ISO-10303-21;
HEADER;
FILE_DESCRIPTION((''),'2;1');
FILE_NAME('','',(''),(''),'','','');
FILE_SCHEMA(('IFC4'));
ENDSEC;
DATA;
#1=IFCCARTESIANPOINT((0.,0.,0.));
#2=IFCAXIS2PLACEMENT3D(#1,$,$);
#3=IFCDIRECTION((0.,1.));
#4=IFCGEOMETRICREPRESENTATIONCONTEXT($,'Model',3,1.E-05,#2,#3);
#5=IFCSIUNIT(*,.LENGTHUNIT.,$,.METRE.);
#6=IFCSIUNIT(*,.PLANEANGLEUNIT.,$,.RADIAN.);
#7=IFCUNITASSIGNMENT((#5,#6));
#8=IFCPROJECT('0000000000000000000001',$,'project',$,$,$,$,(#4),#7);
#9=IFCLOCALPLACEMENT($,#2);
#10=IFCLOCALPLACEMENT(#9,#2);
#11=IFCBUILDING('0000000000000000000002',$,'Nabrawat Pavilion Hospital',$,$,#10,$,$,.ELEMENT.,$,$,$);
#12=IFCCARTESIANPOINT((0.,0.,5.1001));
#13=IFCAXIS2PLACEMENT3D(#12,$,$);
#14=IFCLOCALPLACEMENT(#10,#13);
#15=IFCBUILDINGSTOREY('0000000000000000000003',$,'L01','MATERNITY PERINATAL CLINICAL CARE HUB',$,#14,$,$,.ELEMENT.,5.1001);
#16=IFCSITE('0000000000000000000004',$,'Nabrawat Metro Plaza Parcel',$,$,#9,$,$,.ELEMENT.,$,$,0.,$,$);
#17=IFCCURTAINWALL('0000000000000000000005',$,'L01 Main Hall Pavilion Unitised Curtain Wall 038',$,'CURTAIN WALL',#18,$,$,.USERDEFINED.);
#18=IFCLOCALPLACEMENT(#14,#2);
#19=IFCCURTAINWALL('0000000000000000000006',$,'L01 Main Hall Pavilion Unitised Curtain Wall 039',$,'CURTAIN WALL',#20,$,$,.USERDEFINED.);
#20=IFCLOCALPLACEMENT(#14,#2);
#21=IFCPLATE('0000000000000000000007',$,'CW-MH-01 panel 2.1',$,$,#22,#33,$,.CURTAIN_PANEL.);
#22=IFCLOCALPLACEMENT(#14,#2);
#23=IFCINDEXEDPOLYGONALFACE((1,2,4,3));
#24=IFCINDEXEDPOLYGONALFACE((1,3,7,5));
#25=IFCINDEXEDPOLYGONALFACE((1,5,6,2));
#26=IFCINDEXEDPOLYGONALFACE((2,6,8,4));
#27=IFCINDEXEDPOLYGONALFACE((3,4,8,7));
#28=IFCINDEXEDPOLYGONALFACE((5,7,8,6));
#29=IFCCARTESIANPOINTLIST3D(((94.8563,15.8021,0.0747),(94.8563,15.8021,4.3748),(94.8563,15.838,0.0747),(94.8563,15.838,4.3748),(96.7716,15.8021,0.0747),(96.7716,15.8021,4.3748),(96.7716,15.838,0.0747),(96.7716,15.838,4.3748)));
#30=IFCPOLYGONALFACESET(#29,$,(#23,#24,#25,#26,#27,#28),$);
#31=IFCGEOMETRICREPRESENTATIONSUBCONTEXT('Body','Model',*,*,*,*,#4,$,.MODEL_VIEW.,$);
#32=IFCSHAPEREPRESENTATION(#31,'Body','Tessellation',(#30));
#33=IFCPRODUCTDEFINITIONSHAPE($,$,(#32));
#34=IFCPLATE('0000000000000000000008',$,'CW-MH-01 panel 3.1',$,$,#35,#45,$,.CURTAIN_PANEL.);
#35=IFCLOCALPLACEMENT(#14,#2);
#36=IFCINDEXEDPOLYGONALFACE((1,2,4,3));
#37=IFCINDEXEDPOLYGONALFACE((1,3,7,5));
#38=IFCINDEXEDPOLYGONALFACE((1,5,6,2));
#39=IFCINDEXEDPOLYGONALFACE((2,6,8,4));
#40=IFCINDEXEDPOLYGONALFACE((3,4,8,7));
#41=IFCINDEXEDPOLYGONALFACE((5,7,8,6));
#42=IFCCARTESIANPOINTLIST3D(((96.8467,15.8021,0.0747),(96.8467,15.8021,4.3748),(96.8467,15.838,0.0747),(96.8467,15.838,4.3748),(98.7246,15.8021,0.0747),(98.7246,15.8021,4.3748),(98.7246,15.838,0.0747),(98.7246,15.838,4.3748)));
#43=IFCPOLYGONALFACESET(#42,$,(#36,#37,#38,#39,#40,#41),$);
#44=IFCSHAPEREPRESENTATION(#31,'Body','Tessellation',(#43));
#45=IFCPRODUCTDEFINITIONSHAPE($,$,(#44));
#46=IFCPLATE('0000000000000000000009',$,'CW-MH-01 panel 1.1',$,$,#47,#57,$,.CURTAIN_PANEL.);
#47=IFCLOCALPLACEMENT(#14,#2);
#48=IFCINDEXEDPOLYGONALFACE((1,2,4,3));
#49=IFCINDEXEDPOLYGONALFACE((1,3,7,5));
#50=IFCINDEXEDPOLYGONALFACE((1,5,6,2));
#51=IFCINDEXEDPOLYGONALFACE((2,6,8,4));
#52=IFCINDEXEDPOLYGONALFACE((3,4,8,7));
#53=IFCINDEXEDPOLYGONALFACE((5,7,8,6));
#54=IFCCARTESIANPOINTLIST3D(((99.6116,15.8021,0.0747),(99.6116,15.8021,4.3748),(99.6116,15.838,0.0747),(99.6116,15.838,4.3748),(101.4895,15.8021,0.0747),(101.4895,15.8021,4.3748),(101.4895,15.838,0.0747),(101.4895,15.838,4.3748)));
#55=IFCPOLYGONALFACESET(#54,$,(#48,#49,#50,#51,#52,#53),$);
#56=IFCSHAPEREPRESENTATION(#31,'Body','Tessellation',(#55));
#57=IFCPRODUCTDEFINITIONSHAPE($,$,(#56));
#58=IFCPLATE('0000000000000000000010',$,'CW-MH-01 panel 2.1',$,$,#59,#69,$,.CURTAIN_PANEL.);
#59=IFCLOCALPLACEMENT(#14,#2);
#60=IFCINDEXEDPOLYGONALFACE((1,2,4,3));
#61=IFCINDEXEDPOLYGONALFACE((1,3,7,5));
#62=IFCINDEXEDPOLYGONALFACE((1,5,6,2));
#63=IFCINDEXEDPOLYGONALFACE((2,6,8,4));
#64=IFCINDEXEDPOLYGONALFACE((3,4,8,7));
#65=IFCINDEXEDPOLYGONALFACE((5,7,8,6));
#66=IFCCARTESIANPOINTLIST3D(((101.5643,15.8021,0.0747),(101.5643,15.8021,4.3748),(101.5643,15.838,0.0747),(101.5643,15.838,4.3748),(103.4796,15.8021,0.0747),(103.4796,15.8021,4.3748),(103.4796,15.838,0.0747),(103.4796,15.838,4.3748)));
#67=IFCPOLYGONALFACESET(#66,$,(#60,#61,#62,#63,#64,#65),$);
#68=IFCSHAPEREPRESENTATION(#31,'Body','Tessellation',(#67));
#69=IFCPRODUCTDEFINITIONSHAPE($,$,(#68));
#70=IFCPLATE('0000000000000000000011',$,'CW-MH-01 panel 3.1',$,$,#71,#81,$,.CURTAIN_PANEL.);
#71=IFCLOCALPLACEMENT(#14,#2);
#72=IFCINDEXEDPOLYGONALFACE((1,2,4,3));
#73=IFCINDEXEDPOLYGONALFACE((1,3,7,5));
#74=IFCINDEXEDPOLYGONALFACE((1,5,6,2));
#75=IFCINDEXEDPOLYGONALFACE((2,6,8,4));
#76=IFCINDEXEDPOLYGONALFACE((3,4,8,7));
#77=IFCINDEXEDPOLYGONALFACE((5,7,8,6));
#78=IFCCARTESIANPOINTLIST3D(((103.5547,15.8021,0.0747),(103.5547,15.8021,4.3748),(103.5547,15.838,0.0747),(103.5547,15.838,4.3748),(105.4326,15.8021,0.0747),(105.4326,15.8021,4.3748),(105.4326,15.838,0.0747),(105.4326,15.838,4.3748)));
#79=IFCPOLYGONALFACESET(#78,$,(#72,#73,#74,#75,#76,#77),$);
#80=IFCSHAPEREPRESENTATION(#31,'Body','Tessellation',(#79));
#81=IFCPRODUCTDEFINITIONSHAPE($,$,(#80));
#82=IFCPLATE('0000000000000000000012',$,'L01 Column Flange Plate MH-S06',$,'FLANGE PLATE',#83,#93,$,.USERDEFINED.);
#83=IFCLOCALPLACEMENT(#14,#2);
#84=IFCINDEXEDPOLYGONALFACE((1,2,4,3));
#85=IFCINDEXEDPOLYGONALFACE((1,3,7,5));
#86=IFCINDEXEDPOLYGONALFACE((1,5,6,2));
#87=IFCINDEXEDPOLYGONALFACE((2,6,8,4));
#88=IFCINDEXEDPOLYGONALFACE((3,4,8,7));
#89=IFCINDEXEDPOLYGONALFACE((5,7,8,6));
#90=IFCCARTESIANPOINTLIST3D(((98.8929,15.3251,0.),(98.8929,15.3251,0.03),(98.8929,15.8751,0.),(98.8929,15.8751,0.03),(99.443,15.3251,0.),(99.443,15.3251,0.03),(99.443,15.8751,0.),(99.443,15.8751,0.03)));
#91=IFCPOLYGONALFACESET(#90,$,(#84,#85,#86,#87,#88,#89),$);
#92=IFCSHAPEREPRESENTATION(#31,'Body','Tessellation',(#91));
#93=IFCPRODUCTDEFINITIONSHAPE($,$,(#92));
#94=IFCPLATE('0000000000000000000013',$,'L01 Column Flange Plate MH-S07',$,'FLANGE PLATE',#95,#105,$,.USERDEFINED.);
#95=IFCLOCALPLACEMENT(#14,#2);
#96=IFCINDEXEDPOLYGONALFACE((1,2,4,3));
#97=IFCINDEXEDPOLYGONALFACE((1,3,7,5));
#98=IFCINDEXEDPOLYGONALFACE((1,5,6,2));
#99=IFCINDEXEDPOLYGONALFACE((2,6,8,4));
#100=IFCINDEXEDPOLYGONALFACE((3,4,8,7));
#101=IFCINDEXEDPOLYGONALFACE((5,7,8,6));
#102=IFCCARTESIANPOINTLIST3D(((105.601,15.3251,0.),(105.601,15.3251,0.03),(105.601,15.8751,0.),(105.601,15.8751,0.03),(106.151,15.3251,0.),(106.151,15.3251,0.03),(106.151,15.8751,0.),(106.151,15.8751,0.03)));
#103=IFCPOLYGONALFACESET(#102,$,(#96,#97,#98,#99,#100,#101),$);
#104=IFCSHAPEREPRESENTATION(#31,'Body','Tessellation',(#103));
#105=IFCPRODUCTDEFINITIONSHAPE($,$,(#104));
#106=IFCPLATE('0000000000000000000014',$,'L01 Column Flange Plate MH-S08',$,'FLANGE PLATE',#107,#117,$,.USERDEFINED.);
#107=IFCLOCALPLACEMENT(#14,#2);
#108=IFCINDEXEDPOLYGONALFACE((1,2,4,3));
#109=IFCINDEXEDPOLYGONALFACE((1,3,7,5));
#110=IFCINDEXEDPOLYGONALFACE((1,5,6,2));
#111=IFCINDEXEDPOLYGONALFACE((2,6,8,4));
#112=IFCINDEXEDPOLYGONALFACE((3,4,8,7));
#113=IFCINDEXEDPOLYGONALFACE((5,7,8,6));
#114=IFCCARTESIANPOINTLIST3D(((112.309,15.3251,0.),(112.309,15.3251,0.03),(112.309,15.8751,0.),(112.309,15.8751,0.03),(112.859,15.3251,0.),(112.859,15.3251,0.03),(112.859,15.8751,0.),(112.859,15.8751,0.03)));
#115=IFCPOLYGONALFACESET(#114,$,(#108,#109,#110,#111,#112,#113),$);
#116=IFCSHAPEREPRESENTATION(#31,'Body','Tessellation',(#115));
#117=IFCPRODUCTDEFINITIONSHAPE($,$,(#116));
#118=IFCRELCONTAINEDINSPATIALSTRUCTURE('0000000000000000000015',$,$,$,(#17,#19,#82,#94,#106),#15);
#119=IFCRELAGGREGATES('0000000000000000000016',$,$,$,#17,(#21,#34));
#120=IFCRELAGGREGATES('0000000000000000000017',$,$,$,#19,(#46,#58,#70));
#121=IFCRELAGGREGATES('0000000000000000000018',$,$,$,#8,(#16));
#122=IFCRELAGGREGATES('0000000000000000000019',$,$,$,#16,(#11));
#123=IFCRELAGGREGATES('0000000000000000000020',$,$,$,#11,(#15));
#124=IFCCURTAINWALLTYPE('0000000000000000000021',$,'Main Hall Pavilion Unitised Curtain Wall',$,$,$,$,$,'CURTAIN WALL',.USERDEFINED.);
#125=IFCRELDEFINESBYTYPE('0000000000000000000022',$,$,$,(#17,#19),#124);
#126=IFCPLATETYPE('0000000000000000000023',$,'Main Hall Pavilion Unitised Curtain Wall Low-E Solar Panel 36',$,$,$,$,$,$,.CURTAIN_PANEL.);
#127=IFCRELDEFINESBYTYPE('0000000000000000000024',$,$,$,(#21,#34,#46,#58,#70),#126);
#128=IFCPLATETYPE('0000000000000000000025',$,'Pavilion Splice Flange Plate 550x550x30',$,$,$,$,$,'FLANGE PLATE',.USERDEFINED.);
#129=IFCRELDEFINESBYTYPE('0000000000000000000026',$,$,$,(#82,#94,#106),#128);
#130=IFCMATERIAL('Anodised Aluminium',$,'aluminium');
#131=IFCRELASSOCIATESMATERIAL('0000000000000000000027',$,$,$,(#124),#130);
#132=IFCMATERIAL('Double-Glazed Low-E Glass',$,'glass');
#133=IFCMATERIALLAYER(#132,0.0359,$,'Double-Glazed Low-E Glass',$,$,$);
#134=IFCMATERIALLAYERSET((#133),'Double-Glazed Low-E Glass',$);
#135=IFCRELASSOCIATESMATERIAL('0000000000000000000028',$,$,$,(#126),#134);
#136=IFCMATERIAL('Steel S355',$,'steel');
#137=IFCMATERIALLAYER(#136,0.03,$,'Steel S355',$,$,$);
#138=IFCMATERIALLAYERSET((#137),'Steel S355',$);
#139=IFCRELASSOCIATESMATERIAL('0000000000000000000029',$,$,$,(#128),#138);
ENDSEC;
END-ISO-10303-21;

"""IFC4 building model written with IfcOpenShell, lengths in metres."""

from ifc_helpers import new_model, si_unit, direction, frame, origin, origin_2d, place, context, subcontext, project, spatial, rectangle, extrude, material, layer, layer_set, type_object, element, aggregate, save


model = new_model("IFC4")

# Units and contexts
model_context = context("Model", 3, precision=1e-05, world=origin(), true_north=direction((0.0, 1.0)))
body_context = subcontext(model_context, "Body", "Model", "MODEL_VIEW")
ifc_project = project(units=[si_unit("LENGTHUNIT", "METRE"), si_unit("PLANEANGLEUNIT", "RADIAN")], contexts=[model_context])

# Site, building, storey
site_placement = place(None, origin())
site = spatial("IfcSite", under=ifc_project, at=site_placement, Name="Nabrawat Metro Plaza Parcel", CompositionType="ELEMENT", RefElevation=0.0)
building_placement = place(site_placement, origin())
building = spatial("IfcBuilding", under=site, at=building_placement, Name="Nabrawat Pavilion Hospital", CompositionType="ELEMENT")
storey_placement = place(building_placement, frame((0.0, 0.0, 5.1001)))
storey = spatial("IfcBuildingStorey", under=building, at=storey_placement, Name="L01", Description="MATERNITY PERINATAL CLINICAL CARE HUB", CompositionType="ELEMENT", Elevation=5.1001)

# Shared definitions
ifc_material_1 = material(Name="Steel S355", Category="steel")

# Curtain walls
ifc_material_2 = material(Name="Anodised Aluminium", Category="aluminium")
curtain_wall_type = type_object("IfcCurtainWallType", Name="Main Hall Pavilion Unitised Curtain Wall", ElementType="CURTAIN WALL", PredefinedType="USERDEFINED", material=ifc_material_2)
curtain_wall_1_placement = place(storey_placement, origin())
curtain_wall_1 = element("IfcCurtainWall", 1, at=curtain_wall_1_placement, inside=storey, type_object=curtain_wall_type, Name="L01 Main Hall Pavilion Unitised Curtain Wall 038", ObjectType="CURTAIN WALL", PredefinedType="USERDEFINED")
curtain_wall_2_placement = place(storey_placement, origin())
curtain_wall_2 = element("IfcCurtainWall", 2, at=curtain_wall_2_placement, inside=storey, type_object=curtain_wall_type, Name="L01 Main Hall Pavilion Unitised Curtain Wall 039", ObjectType="CURTAIN WALL", PredefinedType="USERDEFINED")

# Plates
ifc_material_3 = material(Name="Double-Glazed Low-E Glass", Category="glass")
ifc_layer_1 = layer(ifc_material_3, 0.0359, Name="Double-Glazed Low-E Glass")
ifc_layer_set_1 = layer_set([ifc_layer_1], Name="Double-Glazed Low-E Glass")
plate_type_1 = type_object("IfcPlateType", Name="Main Hall Pavilion Unitised Curtain Wall Low-E Solar Panel 36", PredefinedType="CURTAIN_PANEL", material=ifc_layer_set_1)
plate_1_placement = place(storey_placement, frame((95.814, 15.8201, 0.0747), z_axis=(0.0, 0.0, 1.0), x_axis=(1.0, 0.0, 0.0)))
plate_1 = element("IfcPlate", 3, at=plate_1_placement, type_object=plate_type_1, Name="CW-MH-01 panel 2.1", PredefinedType="CURTAIN_PANEL", context=body_context, shape_type="SweptSolid", body=[
    extrude(rectangle(XDim=1.9153, YDim=0.0359, at=origin_2d()), origin(), (0.0, 0.0, 1.0), 4.3),
])
plate_2_placement = place(storey_placement, frame((97.7856, 15.8201, 0.0747), z_axis=(0.0, 0.0, 1.0), x_axis=(1.0, 0.0, 0.0)))
plate_2 = element("IfcPlate", 4, at=plate_2_placement, type_object=plate_type_1, Name="CW-MH-01 panel 3.1", PredefinedType="CURTAIN_PANEL", context=body_context, shape_type="SweptSolid", body=[
    extrude(rectangle(XDim=1.8779, YDim=0.0359, at=origin_2d()), origin(), (0.0, 0.0, 1.0), 4.3),
])
aggregate(curtain_wall_1, [plate_1, plate_2])
plate_3_placement = place(storey_placement, frame((100.5505, 15.8201, 0.0747), z_axis=(0.0, 0.0, 1.0), x_axis=(1.0, 0.0, 0.0)))
plate_3 = element("IfcPlate", 5, at=plate_3_placement, type_object=plate_type_1, Name="CW-MH-01 panel 1.1", PredefinedType="CURTAIN_PANEL", context=body_context, shape_type="SweptSolid", body=[
    extrude(rectangle(XDim=1.8779, YDim=0.0359, at=origin_2d()), origin(), (0.0, 0.0, 1.0), 4.3),
])
plate_4_placement = place(storey_placement, frame((102.522, 15.8201, 0.0747), z_axis=(0.0, 0.0, 1.0), x_axis=(1.0, 0.0, 0.0)))
plate_4 = element("IfcPlate", 6, at=plate_4_placement, type_object=plate_type_1, Name="CW-MH-01 panel 2.1", PredefinedType="CURTAIN_PANEL", context=body_context, shape_type="SweptSolid", body=[
    extrude(rectangle(XDim=1.9153, YDim=0.0359, at=origin_2d()), origin(), (0.0, 0.0, 1.0), 4.3),
])
plate_5_placement = place(storey_placement, frame((104.4937, 15.8201, 0.0747), z_axis=(0.0, 0.0, 1.0), x_axis=(1.0, 0.0, 0.0)))
plate_5 = element("IfcPlate", 7, at=plate_5_placement, type_object=plate_type_1, Name="CW-MH-01 panel 3.1", PredefinedType="CURTAIN_PANEL", context=body_context, shape_type="SweptSolid", body=[
    extrude(rectangle(XDim=1.8779, YDim=0.0359, at=origin_2d()), origin(), (0.0, 0.0, 1.0), 4.3),
])
aggregate(curtain_wall_2, [plate_3, plate_4, plate_5])

# Plates
ifc_layer_2 = layer(ifc_material_1, 0.03, Name="Steel S355")
ifc_layer_set_2 = layer_set([ifc_layer_2], Name="Steel S355")
plate_type_2 = type_object("IfcPlateType", Name="Pavilion Splice Flange Plate 550x550x30", ElementType="FLANGE PLATE", PredefinedType="USERDEFINED", material=ifc_layer_set_2)
for number, where, z_axis, x_axis, name in (
    (8, (99.168, 15.6001, 0.0), (0.0, 0.0, 1.0), (1.0, 0.0, 0.0), "L01 Column Flange Plate MH-S06"),
    (9, (105.876, 15.6001, 0.0), (0.0, 0.0, 1.0), (1.0, 0.0, 0.0), "L01 Column Flange Plate MH-S07"),
    (10, (112.584, 15.6001, 0.0), (0.0, 0.0, 1.0), (1.0, 0.0, 0.0), "L01 Column Flange Plate MH-S08"),
):
    element("IfcPlate", number, at=place(storey_placement, frame(where, z_axis=z_axis, x_axis=x_axis)), inside=storey, type_object=plate_type_2, Name=name, ObjectType="FLANGE PLATE", PredefinedType="USERDEFINED", context=body_context, shape_type="SweptSolid", body=[
        extrude(rectangle(XDim=0.55, YDim=0.55, at=origin_2d()), origin(), (0.0, 0.0, 1.0), 0.03),
    ])

save(model, "model.ifc")
